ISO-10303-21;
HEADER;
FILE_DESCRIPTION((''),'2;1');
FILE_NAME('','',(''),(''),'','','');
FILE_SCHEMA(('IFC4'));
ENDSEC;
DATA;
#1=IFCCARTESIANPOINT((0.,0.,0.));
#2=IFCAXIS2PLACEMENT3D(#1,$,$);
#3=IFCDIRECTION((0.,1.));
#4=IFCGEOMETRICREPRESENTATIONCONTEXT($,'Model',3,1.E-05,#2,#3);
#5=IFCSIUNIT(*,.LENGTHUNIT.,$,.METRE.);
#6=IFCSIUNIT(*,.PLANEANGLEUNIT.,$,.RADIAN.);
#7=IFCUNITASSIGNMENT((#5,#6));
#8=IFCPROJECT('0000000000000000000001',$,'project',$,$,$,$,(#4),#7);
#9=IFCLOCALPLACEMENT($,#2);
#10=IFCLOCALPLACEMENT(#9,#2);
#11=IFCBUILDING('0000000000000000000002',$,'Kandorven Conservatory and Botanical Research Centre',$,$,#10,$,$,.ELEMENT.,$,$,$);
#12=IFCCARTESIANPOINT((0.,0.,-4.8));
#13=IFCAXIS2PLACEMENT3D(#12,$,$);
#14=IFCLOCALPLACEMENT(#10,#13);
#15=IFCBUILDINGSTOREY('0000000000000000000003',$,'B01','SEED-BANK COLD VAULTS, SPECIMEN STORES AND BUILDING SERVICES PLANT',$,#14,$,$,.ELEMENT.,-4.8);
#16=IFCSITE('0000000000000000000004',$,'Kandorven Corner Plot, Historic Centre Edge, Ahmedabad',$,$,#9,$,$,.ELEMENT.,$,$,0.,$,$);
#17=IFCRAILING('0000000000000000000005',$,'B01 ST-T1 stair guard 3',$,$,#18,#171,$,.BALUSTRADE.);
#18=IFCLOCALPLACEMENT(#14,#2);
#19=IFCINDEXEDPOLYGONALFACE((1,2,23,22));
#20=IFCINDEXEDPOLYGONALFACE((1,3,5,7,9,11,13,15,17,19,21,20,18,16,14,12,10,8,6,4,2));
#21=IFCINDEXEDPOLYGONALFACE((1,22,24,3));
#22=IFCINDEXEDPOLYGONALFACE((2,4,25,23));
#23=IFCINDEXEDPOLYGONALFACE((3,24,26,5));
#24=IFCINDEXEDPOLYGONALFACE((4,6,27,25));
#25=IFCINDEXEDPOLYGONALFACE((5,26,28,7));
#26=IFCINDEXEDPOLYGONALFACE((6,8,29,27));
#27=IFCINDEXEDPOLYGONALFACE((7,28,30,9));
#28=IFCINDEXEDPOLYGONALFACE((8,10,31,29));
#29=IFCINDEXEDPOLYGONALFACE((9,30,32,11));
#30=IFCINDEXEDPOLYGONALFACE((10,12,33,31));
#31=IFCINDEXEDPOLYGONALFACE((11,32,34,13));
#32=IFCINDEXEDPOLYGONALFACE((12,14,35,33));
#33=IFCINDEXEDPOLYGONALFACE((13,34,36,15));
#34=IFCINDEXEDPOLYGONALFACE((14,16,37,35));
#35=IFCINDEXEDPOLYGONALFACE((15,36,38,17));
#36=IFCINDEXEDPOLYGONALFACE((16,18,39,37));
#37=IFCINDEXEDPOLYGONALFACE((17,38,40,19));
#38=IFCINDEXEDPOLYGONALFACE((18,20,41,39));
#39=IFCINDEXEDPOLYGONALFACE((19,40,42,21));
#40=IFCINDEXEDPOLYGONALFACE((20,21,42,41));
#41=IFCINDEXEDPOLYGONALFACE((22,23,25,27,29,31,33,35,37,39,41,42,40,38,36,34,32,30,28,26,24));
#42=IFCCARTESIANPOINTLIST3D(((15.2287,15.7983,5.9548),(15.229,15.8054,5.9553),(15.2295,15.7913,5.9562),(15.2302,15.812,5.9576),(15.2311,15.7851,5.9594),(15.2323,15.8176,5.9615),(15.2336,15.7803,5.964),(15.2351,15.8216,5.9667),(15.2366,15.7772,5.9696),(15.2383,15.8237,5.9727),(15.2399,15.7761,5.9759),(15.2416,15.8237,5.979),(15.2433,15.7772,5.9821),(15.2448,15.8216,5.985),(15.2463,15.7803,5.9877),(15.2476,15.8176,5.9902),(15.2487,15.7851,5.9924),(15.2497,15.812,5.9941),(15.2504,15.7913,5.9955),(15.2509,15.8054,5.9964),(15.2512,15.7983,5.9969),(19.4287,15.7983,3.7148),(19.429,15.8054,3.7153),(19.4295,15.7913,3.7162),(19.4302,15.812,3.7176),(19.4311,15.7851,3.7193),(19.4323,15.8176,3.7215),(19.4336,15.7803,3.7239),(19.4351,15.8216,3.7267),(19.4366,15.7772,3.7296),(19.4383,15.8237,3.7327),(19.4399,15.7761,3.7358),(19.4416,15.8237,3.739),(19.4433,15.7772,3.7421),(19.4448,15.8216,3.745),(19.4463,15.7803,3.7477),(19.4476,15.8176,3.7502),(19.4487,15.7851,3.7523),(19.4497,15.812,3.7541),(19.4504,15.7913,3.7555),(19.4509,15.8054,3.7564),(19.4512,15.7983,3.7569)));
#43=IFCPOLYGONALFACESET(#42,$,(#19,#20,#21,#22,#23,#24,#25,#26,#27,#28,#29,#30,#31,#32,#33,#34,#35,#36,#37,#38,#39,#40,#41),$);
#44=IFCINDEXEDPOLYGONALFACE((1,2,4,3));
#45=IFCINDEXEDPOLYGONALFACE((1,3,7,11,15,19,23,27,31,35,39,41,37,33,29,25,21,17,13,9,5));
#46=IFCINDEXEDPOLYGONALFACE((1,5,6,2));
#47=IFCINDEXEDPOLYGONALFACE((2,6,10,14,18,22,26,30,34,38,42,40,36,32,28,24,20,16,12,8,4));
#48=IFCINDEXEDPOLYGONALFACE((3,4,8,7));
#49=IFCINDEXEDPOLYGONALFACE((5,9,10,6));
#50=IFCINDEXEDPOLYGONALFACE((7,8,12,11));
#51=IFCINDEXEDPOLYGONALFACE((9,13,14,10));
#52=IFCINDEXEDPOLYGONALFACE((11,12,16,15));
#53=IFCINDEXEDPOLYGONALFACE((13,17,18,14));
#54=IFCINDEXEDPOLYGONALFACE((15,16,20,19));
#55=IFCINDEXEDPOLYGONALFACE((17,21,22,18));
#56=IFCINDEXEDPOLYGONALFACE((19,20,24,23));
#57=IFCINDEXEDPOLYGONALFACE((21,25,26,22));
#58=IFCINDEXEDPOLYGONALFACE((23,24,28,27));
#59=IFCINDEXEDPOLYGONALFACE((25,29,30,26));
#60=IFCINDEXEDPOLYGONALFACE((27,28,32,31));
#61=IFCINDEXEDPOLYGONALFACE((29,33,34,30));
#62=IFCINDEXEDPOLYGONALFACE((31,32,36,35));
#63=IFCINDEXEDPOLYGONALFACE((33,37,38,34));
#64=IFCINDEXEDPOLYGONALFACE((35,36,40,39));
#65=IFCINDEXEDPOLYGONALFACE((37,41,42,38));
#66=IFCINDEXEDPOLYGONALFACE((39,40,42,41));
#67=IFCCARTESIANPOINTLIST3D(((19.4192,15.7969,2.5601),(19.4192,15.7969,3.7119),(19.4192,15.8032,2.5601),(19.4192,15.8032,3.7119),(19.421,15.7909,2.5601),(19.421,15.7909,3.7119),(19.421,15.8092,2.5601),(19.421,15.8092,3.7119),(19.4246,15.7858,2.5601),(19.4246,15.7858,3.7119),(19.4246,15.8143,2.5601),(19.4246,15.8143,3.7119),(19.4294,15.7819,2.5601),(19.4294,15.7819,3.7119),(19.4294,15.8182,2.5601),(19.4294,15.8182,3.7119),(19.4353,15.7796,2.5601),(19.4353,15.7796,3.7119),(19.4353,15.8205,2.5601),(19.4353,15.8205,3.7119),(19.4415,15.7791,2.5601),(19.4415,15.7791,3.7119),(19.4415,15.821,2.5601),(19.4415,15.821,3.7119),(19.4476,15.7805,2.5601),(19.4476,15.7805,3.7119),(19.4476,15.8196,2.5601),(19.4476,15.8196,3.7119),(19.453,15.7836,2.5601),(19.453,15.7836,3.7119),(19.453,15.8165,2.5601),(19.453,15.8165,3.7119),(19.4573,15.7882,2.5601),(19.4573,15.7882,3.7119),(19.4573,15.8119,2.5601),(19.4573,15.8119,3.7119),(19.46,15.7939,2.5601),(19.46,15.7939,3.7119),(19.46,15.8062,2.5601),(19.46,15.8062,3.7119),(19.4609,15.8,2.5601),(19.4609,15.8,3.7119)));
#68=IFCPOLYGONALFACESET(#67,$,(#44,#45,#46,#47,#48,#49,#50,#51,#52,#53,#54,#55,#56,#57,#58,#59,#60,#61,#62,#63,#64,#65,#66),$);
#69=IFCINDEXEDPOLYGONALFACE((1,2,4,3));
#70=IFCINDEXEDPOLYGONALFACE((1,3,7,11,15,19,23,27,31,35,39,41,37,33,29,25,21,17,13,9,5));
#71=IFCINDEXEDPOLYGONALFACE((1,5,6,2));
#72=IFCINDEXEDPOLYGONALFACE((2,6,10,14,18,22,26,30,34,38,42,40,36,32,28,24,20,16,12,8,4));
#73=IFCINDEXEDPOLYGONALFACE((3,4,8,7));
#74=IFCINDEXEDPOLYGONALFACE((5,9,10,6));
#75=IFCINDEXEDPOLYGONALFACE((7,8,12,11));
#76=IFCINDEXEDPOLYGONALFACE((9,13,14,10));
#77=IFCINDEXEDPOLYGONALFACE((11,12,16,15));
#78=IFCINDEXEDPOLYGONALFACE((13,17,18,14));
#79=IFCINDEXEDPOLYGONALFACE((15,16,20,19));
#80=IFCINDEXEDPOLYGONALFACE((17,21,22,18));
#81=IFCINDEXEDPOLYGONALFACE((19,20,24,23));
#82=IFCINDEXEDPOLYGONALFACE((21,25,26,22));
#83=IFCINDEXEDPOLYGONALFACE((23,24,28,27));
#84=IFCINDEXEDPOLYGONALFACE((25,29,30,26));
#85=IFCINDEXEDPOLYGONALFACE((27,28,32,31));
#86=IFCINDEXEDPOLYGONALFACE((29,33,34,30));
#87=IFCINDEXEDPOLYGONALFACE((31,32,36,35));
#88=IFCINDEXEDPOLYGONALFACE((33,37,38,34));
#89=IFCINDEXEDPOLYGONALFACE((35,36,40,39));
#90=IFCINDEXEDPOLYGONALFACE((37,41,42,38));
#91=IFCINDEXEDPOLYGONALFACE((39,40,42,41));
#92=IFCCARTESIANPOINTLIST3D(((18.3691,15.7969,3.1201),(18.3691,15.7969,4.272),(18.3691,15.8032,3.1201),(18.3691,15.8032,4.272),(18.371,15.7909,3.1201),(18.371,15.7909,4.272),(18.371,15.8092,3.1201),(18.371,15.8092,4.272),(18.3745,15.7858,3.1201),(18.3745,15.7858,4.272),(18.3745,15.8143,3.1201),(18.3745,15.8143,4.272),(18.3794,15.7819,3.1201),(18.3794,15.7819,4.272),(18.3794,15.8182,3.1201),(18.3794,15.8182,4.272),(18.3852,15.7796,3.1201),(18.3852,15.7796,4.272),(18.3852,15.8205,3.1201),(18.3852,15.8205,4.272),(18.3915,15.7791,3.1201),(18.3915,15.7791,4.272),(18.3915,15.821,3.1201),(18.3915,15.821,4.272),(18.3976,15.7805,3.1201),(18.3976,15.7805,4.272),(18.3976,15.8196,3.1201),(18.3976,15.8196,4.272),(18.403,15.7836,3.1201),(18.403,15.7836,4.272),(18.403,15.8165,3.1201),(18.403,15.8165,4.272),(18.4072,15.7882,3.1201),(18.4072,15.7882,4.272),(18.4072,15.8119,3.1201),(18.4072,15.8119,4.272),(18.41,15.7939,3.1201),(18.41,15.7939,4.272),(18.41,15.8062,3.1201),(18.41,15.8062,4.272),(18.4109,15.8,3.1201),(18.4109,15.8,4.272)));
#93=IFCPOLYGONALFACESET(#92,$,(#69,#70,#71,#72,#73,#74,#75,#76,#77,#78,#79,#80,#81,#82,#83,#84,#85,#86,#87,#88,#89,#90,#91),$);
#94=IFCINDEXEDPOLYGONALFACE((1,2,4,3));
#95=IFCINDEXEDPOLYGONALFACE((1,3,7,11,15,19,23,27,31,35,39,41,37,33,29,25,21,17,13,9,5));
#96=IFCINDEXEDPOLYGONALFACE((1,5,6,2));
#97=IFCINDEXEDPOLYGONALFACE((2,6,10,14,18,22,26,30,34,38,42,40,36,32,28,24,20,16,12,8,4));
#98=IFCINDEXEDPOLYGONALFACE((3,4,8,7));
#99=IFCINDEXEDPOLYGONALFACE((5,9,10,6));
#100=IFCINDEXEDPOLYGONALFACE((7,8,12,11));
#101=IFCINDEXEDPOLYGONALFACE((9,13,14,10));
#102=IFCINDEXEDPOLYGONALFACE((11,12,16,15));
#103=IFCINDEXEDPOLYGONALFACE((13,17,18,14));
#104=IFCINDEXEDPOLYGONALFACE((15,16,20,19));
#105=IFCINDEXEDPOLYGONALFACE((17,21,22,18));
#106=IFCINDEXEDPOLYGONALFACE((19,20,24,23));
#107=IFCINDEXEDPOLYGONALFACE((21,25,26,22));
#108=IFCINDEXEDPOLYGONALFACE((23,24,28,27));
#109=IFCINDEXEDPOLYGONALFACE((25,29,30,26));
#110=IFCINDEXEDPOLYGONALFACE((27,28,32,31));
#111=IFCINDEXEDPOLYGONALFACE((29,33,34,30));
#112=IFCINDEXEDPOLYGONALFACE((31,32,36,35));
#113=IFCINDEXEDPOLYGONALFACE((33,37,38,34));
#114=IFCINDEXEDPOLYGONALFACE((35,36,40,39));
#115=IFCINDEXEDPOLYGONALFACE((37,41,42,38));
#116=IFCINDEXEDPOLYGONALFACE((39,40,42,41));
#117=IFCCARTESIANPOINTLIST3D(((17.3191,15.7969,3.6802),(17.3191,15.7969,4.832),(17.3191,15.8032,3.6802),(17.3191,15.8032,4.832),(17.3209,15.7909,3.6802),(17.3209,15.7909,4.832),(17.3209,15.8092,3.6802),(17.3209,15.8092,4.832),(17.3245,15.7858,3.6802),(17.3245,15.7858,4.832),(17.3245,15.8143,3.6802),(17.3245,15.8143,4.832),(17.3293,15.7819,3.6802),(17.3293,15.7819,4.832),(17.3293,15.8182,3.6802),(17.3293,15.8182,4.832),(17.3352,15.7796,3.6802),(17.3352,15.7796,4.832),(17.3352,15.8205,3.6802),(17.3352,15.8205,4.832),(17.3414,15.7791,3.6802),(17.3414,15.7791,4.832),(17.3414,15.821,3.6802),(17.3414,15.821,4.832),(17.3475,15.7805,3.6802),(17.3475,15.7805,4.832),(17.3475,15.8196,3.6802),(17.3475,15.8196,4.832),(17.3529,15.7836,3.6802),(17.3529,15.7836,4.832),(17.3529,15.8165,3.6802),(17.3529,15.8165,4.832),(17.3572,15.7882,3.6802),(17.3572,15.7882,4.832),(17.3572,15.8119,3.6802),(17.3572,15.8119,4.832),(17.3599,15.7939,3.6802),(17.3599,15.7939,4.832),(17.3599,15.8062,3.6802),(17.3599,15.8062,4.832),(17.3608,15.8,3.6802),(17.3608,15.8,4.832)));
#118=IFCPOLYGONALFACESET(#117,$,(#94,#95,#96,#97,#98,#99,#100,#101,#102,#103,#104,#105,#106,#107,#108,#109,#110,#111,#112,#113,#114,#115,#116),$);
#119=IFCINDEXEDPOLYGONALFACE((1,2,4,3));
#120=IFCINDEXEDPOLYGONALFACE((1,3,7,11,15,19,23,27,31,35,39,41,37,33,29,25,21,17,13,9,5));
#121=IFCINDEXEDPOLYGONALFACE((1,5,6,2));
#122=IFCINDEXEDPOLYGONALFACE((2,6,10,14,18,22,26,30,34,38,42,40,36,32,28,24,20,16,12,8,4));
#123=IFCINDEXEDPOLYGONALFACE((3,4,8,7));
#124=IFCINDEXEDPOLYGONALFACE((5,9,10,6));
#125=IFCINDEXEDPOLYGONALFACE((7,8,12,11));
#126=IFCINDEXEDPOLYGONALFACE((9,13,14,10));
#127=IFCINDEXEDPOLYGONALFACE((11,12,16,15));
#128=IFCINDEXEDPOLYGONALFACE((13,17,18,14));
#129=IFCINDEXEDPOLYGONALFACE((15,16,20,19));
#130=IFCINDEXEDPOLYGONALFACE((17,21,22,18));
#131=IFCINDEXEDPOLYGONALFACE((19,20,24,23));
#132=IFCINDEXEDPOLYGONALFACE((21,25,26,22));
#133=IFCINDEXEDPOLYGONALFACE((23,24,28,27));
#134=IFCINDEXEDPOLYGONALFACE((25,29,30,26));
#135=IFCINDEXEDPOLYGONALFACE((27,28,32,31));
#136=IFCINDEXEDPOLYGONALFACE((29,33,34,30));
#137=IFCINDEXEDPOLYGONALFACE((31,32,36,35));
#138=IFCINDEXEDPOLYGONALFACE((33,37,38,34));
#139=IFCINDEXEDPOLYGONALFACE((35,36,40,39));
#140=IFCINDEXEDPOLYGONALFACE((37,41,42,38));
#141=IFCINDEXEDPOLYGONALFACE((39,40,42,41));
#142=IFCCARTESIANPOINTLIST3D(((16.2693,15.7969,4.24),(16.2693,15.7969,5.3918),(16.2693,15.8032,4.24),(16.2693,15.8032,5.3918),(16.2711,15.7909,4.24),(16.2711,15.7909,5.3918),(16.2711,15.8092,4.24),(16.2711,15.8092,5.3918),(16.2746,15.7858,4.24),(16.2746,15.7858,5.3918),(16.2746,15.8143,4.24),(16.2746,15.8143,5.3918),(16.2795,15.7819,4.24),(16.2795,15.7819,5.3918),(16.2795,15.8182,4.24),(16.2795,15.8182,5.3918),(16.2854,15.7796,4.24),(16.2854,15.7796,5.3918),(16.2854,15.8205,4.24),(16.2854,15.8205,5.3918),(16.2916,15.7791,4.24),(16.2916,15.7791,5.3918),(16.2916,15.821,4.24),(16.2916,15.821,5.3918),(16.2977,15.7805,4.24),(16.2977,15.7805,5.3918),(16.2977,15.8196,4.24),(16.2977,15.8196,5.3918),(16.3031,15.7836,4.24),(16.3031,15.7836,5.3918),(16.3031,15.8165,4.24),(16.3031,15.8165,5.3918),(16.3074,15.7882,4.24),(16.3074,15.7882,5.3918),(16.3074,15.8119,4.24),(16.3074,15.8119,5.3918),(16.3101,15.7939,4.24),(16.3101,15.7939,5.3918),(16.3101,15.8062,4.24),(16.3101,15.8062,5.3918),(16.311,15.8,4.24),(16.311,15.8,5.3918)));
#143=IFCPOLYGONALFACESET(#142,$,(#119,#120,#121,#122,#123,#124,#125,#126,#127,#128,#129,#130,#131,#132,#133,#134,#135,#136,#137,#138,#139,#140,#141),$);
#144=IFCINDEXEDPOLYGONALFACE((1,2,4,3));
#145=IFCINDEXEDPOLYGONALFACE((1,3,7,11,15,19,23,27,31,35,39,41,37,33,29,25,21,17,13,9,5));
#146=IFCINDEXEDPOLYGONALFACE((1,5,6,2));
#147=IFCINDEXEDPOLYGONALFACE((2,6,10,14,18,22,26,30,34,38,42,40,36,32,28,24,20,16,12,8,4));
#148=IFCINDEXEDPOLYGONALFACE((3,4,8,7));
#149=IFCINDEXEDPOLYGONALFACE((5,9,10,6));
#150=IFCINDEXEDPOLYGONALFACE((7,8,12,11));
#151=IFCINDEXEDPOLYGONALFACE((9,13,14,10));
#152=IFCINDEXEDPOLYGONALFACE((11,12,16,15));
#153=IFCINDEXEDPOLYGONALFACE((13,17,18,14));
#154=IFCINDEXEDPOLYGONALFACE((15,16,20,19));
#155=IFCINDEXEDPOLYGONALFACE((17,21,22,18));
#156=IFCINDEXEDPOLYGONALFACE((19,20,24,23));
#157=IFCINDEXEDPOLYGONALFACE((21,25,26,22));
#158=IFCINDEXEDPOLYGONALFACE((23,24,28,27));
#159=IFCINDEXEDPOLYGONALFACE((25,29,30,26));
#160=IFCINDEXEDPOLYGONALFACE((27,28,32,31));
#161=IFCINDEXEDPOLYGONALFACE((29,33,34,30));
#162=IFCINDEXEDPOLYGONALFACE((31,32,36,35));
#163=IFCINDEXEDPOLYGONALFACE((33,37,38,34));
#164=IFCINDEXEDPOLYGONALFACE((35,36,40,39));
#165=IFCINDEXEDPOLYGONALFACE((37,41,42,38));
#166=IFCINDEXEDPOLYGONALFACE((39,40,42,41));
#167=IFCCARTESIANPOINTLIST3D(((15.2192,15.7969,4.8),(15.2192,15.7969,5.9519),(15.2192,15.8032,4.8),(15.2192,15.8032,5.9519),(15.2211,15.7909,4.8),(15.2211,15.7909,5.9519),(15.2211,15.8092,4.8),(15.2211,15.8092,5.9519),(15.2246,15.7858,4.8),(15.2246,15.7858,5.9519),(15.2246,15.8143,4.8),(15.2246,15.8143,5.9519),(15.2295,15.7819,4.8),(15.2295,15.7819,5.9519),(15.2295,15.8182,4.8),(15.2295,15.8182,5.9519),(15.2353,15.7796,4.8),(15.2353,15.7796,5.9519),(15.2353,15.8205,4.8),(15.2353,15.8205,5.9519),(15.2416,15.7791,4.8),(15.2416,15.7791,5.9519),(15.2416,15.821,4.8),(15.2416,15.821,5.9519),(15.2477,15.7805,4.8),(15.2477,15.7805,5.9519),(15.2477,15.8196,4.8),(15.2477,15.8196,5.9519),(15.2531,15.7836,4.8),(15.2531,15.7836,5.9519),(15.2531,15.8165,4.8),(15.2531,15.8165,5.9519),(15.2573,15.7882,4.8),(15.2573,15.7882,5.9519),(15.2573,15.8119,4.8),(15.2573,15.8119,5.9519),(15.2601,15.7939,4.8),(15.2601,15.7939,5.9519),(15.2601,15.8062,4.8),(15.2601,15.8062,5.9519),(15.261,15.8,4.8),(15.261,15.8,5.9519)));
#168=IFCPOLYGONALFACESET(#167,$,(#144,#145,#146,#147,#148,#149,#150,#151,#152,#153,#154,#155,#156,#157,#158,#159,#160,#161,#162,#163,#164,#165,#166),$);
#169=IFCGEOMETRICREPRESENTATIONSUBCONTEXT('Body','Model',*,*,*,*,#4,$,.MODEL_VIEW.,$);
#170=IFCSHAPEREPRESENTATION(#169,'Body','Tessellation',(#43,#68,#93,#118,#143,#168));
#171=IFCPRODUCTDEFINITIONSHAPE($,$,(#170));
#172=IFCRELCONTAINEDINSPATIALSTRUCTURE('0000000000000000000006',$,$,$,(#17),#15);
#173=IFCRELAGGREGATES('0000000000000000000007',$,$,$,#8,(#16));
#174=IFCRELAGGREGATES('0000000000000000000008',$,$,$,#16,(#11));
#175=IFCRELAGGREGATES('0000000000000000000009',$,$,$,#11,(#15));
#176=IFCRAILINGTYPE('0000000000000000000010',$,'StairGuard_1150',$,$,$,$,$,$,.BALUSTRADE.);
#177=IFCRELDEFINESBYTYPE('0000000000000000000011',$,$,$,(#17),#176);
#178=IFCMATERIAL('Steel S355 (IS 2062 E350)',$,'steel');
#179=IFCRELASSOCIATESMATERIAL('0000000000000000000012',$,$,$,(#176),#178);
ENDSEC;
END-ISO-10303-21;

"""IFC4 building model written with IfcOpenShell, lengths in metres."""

from ifc_helpers import new_model, si_unit, direction, frame, origin, origin_2d, place, context, subcontext, project, spatial, circle, extrude, material, type_object, element, save


model = new_model("IFC4")

# Units and contexts
model_context = context("Model", 3, precision=1e-05, world=origin(), true_north=direction((0.0, 1.0)))
body_context = subcontext(model_context, "Body", "Model", "MODEL_VIEW")
ifc_project = project(units=[si_unit("LENGTHUNIT", "METRE"), si_unit("PLANEANGLEUNIT", "RADIAN")], contexts=[model_context])

# Site, building, storey
site_placement = place(None, origin())
site = spatial("IfcSite", under=ifc_project, at=site_placement, Name="Kandorven Corner Plot, Historic Centre Edge, Ahmedabad", CompositionType="ELEMENT", RefElevation=0.0)
building_placement = place(site_placement, origin())
building = spatial("IfcBuilding", under=site, at=building_placement, Name="Kandorven Conservatory and Botanical Research Centre", CompositionType="ELEMENT")
storey_placement = place(building_placement, frame((0.0, 0.0, -4.8)))
storey = spatial("IfcBuildingStorey", under=building, at=storey_placement, Name="B01", Description="SEED-BANK COLD VAULTS, SPECIMEN STORES AND BUILDING SERVICES PLANT", CompositionType="ELEMENT", Elevation=-4.8)

# Railing
ifc_material_1 = material(Name="Steel S355 (IS 2062 E350)", Category="steel")
railing_type_1 = type_object("IfcRailingType", Name="StairGuard_1150", PredefinedType="BALUSTRADE", material=ifc_material_1)
railing_1_placement = place(storey_placement, frame((19.4399, 15.8, 2.5601)))
element("IfcRailing", 1, at=railing_1_placement, inside=storey, type_object=railing_type_1, Name="B01 ST-T1 stair guard 3", PredefinedType="BALUSTRADE", context=body_context, shape_type="SweptSolid", body=[
    extrude(circle(Radius=0.0239, at=origin_2d()), frame((0.0, 0.0, 1.1758), z_axis=(-0.882352, 0.0, 0.470591), x_axis=(0.0, -1.0, 0.0)), (0.0, 0.0, 1.0), 4.76),
    extrude(circle(Radius=0.021, at=origin_2d()), origin(), (0.0, 0.0, 1.0), 1.1519),
    extrude(circle(Radius=0.021, at=origin_2d()), frame((-1.05, 0.0, 0.5601)), (0.0, 0.0, 1.0), 1.1519),
    extrude(circle(Radius=0.021, at=origin_2d()), frame((-2.1001, 0.0, 1.1201)), (0.0, 0.0, 1.0), 1.1519),
    extrude(circle(Radius=0.021, at=origin_2d()), frame((-3.1499, 0.0, 1.6799)), (0.0, 0.0, 1.0), 1.1519),
    extrude(circle(Radius=0.021, at=origin_2d()), frame((-4.2, 0.0, 2.24)), (0.0, 0.0, 1.0), 1.1519),
])

save(model, "model.ifc")
